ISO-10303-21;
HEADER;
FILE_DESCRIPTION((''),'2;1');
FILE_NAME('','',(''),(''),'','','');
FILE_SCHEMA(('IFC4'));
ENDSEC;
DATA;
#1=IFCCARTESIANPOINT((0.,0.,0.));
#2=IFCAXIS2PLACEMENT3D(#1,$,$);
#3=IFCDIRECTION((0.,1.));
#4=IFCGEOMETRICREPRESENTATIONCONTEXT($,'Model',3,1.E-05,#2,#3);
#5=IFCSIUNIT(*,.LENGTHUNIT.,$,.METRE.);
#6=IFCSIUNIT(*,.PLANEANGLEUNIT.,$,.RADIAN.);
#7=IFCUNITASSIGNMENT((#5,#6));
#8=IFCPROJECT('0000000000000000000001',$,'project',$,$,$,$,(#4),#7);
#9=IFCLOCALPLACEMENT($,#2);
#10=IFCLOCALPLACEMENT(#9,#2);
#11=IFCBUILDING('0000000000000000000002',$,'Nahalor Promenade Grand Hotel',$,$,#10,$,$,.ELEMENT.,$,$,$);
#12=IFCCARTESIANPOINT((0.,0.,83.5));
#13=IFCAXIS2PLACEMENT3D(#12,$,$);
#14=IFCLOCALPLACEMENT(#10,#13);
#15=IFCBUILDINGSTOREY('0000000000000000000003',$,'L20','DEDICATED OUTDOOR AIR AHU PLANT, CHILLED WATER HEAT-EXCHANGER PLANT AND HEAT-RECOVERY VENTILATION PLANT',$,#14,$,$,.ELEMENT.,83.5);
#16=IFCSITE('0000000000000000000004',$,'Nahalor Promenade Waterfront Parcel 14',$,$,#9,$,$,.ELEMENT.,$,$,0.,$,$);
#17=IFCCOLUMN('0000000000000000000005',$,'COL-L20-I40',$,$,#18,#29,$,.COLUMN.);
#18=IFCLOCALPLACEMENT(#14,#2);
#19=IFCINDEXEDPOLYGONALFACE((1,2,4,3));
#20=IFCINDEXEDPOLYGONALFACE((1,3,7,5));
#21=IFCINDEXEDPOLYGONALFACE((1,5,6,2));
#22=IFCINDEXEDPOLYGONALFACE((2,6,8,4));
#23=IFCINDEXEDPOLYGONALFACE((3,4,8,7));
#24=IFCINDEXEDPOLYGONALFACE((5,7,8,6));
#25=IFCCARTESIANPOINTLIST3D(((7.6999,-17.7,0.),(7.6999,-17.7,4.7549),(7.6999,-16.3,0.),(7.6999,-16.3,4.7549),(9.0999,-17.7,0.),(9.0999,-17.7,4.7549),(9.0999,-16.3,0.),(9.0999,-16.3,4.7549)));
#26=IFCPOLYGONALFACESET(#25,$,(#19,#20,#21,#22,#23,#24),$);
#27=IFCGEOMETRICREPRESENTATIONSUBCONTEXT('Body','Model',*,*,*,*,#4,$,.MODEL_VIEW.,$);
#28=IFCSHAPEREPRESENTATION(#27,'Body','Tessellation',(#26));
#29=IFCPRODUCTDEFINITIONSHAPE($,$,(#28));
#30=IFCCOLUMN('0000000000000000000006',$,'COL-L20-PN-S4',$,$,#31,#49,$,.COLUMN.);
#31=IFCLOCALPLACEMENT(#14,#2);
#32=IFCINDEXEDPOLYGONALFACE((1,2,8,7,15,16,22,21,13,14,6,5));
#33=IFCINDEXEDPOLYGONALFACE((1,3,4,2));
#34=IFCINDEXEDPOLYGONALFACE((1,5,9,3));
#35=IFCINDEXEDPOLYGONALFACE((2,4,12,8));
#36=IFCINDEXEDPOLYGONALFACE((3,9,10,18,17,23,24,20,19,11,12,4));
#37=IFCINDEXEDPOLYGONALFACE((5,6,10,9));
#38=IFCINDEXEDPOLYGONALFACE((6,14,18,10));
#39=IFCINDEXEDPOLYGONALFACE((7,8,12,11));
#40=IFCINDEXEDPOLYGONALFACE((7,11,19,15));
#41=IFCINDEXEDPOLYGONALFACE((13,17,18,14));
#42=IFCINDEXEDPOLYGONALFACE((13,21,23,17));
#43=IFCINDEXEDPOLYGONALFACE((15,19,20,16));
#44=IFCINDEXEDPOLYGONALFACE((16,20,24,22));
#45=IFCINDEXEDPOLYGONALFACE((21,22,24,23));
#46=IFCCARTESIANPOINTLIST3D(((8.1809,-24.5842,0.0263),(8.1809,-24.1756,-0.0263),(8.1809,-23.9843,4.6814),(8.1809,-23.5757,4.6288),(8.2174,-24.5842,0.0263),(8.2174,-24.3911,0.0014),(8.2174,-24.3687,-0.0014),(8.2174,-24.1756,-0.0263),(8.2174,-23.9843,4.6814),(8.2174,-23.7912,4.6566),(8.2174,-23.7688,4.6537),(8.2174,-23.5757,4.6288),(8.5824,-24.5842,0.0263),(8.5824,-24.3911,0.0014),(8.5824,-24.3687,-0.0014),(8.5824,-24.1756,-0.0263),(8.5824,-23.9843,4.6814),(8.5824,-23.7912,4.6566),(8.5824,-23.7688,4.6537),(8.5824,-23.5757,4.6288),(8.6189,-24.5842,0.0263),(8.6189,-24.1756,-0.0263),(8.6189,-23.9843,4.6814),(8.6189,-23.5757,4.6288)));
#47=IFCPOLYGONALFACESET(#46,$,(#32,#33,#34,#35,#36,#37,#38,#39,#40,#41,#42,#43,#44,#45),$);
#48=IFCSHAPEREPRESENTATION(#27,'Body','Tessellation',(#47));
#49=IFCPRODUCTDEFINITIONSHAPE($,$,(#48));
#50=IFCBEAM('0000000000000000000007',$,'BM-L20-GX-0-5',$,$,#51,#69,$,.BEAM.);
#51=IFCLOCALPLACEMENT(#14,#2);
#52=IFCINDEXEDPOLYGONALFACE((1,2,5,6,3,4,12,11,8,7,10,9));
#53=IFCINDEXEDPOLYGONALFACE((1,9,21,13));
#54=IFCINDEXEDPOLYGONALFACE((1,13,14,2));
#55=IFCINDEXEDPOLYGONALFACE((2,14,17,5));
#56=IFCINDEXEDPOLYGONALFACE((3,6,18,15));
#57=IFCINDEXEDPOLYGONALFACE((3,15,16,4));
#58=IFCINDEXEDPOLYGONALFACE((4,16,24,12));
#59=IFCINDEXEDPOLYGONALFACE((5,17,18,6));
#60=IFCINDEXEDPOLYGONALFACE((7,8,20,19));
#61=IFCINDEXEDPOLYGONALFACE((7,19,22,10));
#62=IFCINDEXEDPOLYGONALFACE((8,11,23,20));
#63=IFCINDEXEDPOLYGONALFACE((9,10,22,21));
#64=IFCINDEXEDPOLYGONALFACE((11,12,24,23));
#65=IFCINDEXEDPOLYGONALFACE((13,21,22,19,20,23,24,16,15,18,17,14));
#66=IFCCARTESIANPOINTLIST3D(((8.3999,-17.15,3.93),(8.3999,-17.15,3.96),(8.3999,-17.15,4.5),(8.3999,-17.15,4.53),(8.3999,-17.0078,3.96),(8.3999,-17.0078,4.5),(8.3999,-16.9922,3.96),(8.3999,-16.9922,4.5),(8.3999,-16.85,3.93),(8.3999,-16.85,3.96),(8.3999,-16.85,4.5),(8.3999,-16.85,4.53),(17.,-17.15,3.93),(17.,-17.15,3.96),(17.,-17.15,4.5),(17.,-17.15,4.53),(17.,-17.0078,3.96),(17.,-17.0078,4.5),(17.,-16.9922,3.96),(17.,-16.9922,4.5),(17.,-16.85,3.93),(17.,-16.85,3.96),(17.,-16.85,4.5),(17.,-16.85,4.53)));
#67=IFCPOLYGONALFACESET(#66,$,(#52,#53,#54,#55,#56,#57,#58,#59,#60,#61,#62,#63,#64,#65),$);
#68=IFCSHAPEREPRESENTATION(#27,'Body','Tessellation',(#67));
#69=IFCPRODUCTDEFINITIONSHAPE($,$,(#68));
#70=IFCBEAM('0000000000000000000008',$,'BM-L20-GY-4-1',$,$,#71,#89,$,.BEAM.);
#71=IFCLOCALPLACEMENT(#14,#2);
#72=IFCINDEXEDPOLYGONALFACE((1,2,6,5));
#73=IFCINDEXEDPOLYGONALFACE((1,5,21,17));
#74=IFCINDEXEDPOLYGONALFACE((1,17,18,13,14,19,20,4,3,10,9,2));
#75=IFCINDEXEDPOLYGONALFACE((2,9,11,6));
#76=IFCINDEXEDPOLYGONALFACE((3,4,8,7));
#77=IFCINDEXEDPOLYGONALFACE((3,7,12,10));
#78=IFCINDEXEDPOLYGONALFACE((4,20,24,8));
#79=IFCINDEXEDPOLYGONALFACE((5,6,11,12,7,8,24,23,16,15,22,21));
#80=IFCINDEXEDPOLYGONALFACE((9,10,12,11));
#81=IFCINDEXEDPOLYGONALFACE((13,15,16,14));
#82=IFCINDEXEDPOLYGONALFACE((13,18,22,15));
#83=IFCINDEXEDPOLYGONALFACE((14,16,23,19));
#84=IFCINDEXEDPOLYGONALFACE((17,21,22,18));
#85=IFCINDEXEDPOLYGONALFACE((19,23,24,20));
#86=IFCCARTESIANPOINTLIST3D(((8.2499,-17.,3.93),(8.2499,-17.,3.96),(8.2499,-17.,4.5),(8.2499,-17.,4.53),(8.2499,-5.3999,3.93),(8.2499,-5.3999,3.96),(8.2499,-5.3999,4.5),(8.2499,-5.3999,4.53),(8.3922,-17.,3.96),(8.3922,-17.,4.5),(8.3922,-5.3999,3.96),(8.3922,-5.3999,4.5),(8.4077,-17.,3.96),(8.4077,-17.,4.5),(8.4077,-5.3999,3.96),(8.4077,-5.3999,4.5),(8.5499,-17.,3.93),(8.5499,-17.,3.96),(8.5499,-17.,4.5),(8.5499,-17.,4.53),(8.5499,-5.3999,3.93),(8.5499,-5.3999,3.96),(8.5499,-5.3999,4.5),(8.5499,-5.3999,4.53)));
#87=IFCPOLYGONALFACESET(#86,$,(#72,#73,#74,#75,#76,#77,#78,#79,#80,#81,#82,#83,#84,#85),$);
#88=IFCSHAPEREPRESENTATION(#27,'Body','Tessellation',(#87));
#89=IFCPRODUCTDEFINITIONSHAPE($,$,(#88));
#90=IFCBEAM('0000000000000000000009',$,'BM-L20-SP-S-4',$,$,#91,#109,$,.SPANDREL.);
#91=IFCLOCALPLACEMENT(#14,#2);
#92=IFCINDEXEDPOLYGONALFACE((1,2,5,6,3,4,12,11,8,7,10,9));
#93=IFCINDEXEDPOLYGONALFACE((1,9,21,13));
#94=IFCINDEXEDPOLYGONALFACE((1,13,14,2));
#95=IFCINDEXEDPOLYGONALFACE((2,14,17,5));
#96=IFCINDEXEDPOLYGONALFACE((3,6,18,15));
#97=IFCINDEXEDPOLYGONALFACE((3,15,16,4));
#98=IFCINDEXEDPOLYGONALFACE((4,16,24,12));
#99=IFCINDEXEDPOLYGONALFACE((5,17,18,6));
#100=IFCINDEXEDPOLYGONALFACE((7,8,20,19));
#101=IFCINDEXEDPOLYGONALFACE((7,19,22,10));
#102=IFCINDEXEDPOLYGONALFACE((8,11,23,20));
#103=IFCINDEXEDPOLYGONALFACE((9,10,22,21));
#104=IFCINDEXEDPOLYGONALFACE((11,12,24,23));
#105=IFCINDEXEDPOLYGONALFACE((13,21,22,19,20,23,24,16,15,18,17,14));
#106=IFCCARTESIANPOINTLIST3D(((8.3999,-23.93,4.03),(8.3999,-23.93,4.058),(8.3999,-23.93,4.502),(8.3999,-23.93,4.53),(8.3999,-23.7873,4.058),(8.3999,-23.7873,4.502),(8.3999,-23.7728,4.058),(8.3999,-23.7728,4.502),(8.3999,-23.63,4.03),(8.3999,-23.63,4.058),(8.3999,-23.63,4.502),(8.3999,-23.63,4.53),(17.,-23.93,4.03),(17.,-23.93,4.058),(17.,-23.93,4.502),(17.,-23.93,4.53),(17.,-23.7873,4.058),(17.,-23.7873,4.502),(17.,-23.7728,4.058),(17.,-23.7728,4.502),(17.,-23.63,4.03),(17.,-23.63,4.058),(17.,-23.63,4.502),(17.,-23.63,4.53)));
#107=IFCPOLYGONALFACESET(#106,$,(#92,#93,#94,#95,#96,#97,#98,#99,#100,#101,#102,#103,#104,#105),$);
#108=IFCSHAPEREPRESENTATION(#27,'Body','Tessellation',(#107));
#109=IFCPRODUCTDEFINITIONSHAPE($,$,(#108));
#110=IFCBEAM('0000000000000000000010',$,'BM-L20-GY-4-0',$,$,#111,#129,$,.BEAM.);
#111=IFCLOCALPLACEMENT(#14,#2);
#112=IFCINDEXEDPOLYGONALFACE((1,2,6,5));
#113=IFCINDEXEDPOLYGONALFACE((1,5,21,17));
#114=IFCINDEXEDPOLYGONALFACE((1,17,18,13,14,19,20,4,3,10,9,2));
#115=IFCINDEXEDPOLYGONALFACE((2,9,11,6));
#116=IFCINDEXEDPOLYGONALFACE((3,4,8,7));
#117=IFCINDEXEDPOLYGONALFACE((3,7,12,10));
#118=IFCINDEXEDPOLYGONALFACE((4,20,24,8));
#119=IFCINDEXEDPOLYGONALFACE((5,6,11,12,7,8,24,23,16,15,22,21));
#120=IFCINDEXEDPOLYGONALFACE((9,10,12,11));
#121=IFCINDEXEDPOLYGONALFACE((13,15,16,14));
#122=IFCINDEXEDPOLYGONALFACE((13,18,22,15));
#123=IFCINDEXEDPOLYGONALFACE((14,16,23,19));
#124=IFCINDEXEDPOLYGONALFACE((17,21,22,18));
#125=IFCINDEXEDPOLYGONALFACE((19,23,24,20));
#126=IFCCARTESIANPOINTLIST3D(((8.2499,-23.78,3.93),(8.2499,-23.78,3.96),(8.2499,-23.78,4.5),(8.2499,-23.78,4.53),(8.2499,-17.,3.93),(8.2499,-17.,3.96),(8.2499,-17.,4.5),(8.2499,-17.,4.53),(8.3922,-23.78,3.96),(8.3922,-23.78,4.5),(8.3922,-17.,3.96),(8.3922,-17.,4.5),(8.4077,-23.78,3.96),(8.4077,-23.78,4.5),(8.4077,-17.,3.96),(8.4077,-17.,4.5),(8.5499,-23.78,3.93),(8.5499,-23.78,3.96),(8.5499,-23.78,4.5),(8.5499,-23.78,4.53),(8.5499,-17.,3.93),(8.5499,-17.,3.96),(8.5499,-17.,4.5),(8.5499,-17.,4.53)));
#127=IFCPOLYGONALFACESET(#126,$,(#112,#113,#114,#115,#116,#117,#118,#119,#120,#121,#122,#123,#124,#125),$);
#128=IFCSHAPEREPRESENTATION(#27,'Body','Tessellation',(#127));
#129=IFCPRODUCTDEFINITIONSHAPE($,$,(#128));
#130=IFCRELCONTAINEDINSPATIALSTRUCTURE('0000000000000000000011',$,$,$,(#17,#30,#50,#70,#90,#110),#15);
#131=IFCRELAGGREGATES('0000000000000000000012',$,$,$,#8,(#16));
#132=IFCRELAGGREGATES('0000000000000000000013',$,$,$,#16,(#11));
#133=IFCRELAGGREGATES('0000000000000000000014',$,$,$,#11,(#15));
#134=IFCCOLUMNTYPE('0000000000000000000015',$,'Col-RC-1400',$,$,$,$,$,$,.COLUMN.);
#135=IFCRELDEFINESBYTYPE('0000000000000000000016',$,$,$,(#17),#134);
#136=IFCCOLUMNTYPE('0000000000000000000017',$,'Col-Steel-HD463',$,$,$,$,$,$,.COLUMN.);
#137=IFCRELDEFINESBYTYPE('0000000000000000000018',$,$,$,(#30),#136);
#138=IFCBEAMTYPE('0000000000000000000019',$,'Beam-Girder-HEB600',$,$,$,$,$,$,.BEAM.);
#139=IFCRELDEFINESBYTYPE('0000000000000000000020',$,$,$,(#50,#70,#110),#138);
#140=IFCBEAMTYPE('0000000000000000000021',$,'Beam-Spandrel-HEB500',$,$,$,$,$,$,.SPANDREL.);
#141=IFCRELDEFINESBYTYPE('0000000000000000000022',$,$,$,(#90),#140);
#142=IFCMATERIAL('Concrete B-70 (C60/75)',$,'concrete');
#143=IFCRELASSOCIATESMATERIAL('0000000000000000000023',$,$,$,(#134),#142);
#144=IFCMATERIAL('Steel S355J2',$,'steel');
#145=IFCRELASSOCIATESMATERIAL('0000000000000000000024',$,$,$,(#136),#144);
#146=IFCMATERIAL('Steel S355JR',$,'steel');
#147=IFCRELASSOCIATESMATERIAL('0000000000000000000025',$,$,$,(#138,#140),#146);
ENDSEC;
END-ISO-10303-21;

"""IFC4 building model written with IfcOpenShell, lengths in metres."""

from ifc_helpers import new_model, si_unit, direction, frame, origin, origin_2d, place, context, subcontext, project, spatial, rectangle, i_section, extrude, source, transform, mapped, material, material_profile, profile_set, type_object, element, save


model = new_model("IFC4")

# Units and contexts
model_context = context("Model", 3, precision=1e-05, world=origin(), true_north=direction((0.0, 1.0)))
body_context = subcontext(model_context, "Body", "Model", "MODEL_VIEW")
ifc_project = project(units=[si_unit("LENGTHUNIT", "METRE"), si_unit("PLANEANGLEUNIT", "RADIAN")], contexts=[model_context])

# Site, building, storey
site_placement = place(None, origin())
site = spatial("IfcSite", under=ifc_project, at=site_placement, Name="Nahalor Promenade Waterfront Parcel 14", CompositionType="ELEMENT", RefElevation=0.0)
building_placement = place(site_placement, origin())
building = spatial("IfcBuilding", under=site, at=building_placement, Name="Nahalor Promenade Grand Hotel", CompositionType="ELEMENT")
storey_placement = place(building_placement, frame((0.0, 0.0, 83.5)))
storey = spatial("IfcBuildingStorey", under=building, at=storey_placement, Name="L20", Description="DEDICATED OUTDOOR AIR AHU PLANT, CHILLED WATER HEAT-EXCHANGER PLANT AND HEAT-RECOVERY VENTILATION PLANT", CompositionType="ELEMENT", Elevation=83.5)

# Columns
ifc_material_1 = material(Name="Concrete B-70 (C60/75)", Category="concrete")
ifc_material_profile_1 = material_profile(ifc_material_1, rectangle(XDim=1.4, YDim=1.4, at=origin_2d()), Name="RC 1400x1400")
ifc_profile_set_1 = profile_set([ifc_material_profile_1], Name="Concrete B-70 (C60/75)")
column_type_1 = type_object("IfcColumnType", Name="Col-RC-1400", PredefinedType="COLUMN", material=ifc_profile_set_1)
shared_shape_1 = source(origin(), body_context, "Body", "SweptSolid", [
    extrude(rectangle(XDim=1.4, YDim=1.4, at=origin_2d()), origin(), (0.0, 0.0, 1.0), 4.7549),
])
column_1_placement = place(storey_placement, frame((8.3999, -17.0, 0.0), z_axis=(0.0, 0.0, 1.0), x_axis=(1.0, 0.0, 0.0)))
element("IfcColumn", 1, at=column_1_placement, inside=storey, type_object=column_type_1, Name="COL-L20-I40", PredefinedType="COLUMN", context=body_context, shape_type="MappedRepresentation", body=[
    mapped(shared_shape_1, transform((0.0, 0.0, 0.0), scale=1.0)),
])
ifc_material_2 = material(Name="Steel S355J2", Category="steel")
ifc_material_profile_2 = material_profile(ifc_material_2, i_section(OverallWidth=0.412, OverallDepth=0.438, WebThickness=0.0226, FlangeThickness=0.0365, at=origin_2d()), Name="HD 400x463")
ifc_profile_set_2 = profile_set([ifc_material_profile_2], Name="Steel S355J2")
column_type_2 = type_object("IfcColumnType", Name="Col-Steel-HD463", PredefinedType="COLUMN", material=ifc_profile_set_2)
shared_shape_2 = source(origin(), body_context, "Body", "SweptSolid", [
    extrude(i_section(OverallWidth=0.412, OverallDepth=0.438, WebThickness=0.0226, FlangeThickness=0.0365, at=origin_2d()), origin(), (0.0, 0.0, 1.0), 4.6936),
])
column_2_placement = place(storey_placement, frame((8.3999, -24.3799, 0.0), z_axis=(0.0, 0.127805, 0.991799), x_axis=(0.0, -0.991799, 0.127805)))
element("IfcColumn", 2, at=column_2_placement, inside=storey, type_object=column_type_2, Name="COL-L20-PN-S4", PredefinedType="COLUMN", context=body_context, shape_type="MappedRepresentation", body=[
    mapped(shared_shape_2, transform((0.0, 0.0, 0.0), scale=1.0)),
])

# Beams
ifc_material_3 = material(Name="Steel S355JR", Category="steel")
ifc_material_profile_3 = material_profile(ifc_material_3, i_section(OverallWidth=0.3, OverallDepth=0.6, WebThickness=0.0155, FlangeThickness=0.03, at=origin_2d()), Name="HEB 600")
ifc_profile_set_3 = profile_set([ifc_material_profile_3], Name="Steel S355JR")
beam_type_1 = type_object("IfcBeamType", Name="Beam-Girder-HEB600", PredefinedType="BEAM", material=ifc_profile_set_3)
shared_shape_3 = source(origin(), body_context, "Body", "SweptSolid", [
    extrude(i_section(OverallWidth=0.3, OverallDepth=0.6, WebThickness=0.0155, FlangeThickness=0.03, at=origin_2d()), origin(), (0.0, 0.0, 1.0), 8.6001),
])
beam_1_placement = place(storey_placement, frame((8.3999, -17.0, 4.23), z_axis=(1.0, 0.0, 0.0), x_axis=(0.0, 1.0, 0.0)))
element("IfcBeam", 3, at=beam_1_placement, inside=storey, type_object=beam_type_1, Name="BM-L20-GX-0-5", PredefinedType="BEAM", context=body_context, shape_type="MappedRepresentation", body=[
    mapped(shared_shape_3, transform((0.0, 0.0, 0.0), scale=1.0)),
])
shared_shape_4 = source(origin(), body_context, "Body", "SweptSolid", [
    extrude(i_section(OverallWidth=0.3, OverallDepth=0.6, WebThickness=0.0155, FlangeThickness=0.03, at=origin_2d()), origin(), (0.0, 0.0, 1.0), 11.6001),
])
beam_2_placement = place(storey_placement, frame((8.3999, -17.0, 4.23), z_axis=(0.0, 1.0, 0.0), x_axis=(-1.0, 0.0, 0.0)))
element("IfcBeam", 4, at=beam_2_placement, inside=storey, type_object=beam_type_1, Name="BM-L20-GY-4-1", PredefinedType="BEAM", context=body_context, shape_type="MappedRepresentation", body=[
    mapped(shared_shape_4, transform((0.0, 0.0, 0.0), scale=1.0)),
])
ifc_material_profile_4 = material_profile(ifc_material_3, i_section(OverallWidth=0.3, OverallDepth=0.5, WebThickness=0.0145, FlangeThickness=0.028, at=origin_2d()), Name="HEB 500")
ifc_profile_set_4 = profile_set([ifc_material_profile_4], Name="Steel S355JR")
beam_type_2 = type_object("IfcBeamType", Name="Beam-Spandrel-HEB500", PredefinedType="SPANDREL", material=ifc_profile_set_4)
shared_shape_5 = source(origin(), body_context, "Body", "SweptSolid", [
    extrude(i_section(OverallWidth=0.3, OverallDepth=0.5, WebThickness=0.0145, FlangeThickness=0.028, at=origin_2d()), origin(), (0.0, 0.0, 1.0), 8.6001),
])
beam_3_placement = place(storey_placement, frame((8.3999, -23.78, 4.28), z_axis=(1.0, 0.0, 0.0), x_axis=(0.0, 1.0, 0.0)))
element("IfcBeam", 5, at=beam_3_placement, inside=storey, type_object=beam_type_2, Name="BM-L20-SP-S-4", PredefinedType="SPANDREL", context=body_context, shape_type="MappedRepresentation", body=[
    mapped(shared_shape_5, transform((0.0, 0.0, 0.0), scale=1.0)),
])
shared_shape_6 = source(origin(), body_context, "Body", "SweptSolid", [
    extrude(i_section(OverallWidth=0.3, OverallDepth=0.6, WebThickness=0.0155, FlangeThickness=0.03, at=origin_2d()), origin(), (0.0, 0.0, 1.0), 6.78),
])
beam_4_placement = place(storey_placement, frame((8.3999, -23.78, 4.23), z_axis=(0.0, 1.0, 0.0), x_axis=(-1.0, 0.0, 0.0)))
element("IfcBeam", 6, at=beam_4_placement, inside=storey, type_object=beam_type_1, Name="BM-L20-GY-4-0", PredefinedType="BEAM", context=body_context, shape_type="MappedRepresentation", body=[
    mapped(shared_shape_6, transform((0.0, 0.0, 0.0), scale=1.0)),
])

save(model, "model.ifc")
